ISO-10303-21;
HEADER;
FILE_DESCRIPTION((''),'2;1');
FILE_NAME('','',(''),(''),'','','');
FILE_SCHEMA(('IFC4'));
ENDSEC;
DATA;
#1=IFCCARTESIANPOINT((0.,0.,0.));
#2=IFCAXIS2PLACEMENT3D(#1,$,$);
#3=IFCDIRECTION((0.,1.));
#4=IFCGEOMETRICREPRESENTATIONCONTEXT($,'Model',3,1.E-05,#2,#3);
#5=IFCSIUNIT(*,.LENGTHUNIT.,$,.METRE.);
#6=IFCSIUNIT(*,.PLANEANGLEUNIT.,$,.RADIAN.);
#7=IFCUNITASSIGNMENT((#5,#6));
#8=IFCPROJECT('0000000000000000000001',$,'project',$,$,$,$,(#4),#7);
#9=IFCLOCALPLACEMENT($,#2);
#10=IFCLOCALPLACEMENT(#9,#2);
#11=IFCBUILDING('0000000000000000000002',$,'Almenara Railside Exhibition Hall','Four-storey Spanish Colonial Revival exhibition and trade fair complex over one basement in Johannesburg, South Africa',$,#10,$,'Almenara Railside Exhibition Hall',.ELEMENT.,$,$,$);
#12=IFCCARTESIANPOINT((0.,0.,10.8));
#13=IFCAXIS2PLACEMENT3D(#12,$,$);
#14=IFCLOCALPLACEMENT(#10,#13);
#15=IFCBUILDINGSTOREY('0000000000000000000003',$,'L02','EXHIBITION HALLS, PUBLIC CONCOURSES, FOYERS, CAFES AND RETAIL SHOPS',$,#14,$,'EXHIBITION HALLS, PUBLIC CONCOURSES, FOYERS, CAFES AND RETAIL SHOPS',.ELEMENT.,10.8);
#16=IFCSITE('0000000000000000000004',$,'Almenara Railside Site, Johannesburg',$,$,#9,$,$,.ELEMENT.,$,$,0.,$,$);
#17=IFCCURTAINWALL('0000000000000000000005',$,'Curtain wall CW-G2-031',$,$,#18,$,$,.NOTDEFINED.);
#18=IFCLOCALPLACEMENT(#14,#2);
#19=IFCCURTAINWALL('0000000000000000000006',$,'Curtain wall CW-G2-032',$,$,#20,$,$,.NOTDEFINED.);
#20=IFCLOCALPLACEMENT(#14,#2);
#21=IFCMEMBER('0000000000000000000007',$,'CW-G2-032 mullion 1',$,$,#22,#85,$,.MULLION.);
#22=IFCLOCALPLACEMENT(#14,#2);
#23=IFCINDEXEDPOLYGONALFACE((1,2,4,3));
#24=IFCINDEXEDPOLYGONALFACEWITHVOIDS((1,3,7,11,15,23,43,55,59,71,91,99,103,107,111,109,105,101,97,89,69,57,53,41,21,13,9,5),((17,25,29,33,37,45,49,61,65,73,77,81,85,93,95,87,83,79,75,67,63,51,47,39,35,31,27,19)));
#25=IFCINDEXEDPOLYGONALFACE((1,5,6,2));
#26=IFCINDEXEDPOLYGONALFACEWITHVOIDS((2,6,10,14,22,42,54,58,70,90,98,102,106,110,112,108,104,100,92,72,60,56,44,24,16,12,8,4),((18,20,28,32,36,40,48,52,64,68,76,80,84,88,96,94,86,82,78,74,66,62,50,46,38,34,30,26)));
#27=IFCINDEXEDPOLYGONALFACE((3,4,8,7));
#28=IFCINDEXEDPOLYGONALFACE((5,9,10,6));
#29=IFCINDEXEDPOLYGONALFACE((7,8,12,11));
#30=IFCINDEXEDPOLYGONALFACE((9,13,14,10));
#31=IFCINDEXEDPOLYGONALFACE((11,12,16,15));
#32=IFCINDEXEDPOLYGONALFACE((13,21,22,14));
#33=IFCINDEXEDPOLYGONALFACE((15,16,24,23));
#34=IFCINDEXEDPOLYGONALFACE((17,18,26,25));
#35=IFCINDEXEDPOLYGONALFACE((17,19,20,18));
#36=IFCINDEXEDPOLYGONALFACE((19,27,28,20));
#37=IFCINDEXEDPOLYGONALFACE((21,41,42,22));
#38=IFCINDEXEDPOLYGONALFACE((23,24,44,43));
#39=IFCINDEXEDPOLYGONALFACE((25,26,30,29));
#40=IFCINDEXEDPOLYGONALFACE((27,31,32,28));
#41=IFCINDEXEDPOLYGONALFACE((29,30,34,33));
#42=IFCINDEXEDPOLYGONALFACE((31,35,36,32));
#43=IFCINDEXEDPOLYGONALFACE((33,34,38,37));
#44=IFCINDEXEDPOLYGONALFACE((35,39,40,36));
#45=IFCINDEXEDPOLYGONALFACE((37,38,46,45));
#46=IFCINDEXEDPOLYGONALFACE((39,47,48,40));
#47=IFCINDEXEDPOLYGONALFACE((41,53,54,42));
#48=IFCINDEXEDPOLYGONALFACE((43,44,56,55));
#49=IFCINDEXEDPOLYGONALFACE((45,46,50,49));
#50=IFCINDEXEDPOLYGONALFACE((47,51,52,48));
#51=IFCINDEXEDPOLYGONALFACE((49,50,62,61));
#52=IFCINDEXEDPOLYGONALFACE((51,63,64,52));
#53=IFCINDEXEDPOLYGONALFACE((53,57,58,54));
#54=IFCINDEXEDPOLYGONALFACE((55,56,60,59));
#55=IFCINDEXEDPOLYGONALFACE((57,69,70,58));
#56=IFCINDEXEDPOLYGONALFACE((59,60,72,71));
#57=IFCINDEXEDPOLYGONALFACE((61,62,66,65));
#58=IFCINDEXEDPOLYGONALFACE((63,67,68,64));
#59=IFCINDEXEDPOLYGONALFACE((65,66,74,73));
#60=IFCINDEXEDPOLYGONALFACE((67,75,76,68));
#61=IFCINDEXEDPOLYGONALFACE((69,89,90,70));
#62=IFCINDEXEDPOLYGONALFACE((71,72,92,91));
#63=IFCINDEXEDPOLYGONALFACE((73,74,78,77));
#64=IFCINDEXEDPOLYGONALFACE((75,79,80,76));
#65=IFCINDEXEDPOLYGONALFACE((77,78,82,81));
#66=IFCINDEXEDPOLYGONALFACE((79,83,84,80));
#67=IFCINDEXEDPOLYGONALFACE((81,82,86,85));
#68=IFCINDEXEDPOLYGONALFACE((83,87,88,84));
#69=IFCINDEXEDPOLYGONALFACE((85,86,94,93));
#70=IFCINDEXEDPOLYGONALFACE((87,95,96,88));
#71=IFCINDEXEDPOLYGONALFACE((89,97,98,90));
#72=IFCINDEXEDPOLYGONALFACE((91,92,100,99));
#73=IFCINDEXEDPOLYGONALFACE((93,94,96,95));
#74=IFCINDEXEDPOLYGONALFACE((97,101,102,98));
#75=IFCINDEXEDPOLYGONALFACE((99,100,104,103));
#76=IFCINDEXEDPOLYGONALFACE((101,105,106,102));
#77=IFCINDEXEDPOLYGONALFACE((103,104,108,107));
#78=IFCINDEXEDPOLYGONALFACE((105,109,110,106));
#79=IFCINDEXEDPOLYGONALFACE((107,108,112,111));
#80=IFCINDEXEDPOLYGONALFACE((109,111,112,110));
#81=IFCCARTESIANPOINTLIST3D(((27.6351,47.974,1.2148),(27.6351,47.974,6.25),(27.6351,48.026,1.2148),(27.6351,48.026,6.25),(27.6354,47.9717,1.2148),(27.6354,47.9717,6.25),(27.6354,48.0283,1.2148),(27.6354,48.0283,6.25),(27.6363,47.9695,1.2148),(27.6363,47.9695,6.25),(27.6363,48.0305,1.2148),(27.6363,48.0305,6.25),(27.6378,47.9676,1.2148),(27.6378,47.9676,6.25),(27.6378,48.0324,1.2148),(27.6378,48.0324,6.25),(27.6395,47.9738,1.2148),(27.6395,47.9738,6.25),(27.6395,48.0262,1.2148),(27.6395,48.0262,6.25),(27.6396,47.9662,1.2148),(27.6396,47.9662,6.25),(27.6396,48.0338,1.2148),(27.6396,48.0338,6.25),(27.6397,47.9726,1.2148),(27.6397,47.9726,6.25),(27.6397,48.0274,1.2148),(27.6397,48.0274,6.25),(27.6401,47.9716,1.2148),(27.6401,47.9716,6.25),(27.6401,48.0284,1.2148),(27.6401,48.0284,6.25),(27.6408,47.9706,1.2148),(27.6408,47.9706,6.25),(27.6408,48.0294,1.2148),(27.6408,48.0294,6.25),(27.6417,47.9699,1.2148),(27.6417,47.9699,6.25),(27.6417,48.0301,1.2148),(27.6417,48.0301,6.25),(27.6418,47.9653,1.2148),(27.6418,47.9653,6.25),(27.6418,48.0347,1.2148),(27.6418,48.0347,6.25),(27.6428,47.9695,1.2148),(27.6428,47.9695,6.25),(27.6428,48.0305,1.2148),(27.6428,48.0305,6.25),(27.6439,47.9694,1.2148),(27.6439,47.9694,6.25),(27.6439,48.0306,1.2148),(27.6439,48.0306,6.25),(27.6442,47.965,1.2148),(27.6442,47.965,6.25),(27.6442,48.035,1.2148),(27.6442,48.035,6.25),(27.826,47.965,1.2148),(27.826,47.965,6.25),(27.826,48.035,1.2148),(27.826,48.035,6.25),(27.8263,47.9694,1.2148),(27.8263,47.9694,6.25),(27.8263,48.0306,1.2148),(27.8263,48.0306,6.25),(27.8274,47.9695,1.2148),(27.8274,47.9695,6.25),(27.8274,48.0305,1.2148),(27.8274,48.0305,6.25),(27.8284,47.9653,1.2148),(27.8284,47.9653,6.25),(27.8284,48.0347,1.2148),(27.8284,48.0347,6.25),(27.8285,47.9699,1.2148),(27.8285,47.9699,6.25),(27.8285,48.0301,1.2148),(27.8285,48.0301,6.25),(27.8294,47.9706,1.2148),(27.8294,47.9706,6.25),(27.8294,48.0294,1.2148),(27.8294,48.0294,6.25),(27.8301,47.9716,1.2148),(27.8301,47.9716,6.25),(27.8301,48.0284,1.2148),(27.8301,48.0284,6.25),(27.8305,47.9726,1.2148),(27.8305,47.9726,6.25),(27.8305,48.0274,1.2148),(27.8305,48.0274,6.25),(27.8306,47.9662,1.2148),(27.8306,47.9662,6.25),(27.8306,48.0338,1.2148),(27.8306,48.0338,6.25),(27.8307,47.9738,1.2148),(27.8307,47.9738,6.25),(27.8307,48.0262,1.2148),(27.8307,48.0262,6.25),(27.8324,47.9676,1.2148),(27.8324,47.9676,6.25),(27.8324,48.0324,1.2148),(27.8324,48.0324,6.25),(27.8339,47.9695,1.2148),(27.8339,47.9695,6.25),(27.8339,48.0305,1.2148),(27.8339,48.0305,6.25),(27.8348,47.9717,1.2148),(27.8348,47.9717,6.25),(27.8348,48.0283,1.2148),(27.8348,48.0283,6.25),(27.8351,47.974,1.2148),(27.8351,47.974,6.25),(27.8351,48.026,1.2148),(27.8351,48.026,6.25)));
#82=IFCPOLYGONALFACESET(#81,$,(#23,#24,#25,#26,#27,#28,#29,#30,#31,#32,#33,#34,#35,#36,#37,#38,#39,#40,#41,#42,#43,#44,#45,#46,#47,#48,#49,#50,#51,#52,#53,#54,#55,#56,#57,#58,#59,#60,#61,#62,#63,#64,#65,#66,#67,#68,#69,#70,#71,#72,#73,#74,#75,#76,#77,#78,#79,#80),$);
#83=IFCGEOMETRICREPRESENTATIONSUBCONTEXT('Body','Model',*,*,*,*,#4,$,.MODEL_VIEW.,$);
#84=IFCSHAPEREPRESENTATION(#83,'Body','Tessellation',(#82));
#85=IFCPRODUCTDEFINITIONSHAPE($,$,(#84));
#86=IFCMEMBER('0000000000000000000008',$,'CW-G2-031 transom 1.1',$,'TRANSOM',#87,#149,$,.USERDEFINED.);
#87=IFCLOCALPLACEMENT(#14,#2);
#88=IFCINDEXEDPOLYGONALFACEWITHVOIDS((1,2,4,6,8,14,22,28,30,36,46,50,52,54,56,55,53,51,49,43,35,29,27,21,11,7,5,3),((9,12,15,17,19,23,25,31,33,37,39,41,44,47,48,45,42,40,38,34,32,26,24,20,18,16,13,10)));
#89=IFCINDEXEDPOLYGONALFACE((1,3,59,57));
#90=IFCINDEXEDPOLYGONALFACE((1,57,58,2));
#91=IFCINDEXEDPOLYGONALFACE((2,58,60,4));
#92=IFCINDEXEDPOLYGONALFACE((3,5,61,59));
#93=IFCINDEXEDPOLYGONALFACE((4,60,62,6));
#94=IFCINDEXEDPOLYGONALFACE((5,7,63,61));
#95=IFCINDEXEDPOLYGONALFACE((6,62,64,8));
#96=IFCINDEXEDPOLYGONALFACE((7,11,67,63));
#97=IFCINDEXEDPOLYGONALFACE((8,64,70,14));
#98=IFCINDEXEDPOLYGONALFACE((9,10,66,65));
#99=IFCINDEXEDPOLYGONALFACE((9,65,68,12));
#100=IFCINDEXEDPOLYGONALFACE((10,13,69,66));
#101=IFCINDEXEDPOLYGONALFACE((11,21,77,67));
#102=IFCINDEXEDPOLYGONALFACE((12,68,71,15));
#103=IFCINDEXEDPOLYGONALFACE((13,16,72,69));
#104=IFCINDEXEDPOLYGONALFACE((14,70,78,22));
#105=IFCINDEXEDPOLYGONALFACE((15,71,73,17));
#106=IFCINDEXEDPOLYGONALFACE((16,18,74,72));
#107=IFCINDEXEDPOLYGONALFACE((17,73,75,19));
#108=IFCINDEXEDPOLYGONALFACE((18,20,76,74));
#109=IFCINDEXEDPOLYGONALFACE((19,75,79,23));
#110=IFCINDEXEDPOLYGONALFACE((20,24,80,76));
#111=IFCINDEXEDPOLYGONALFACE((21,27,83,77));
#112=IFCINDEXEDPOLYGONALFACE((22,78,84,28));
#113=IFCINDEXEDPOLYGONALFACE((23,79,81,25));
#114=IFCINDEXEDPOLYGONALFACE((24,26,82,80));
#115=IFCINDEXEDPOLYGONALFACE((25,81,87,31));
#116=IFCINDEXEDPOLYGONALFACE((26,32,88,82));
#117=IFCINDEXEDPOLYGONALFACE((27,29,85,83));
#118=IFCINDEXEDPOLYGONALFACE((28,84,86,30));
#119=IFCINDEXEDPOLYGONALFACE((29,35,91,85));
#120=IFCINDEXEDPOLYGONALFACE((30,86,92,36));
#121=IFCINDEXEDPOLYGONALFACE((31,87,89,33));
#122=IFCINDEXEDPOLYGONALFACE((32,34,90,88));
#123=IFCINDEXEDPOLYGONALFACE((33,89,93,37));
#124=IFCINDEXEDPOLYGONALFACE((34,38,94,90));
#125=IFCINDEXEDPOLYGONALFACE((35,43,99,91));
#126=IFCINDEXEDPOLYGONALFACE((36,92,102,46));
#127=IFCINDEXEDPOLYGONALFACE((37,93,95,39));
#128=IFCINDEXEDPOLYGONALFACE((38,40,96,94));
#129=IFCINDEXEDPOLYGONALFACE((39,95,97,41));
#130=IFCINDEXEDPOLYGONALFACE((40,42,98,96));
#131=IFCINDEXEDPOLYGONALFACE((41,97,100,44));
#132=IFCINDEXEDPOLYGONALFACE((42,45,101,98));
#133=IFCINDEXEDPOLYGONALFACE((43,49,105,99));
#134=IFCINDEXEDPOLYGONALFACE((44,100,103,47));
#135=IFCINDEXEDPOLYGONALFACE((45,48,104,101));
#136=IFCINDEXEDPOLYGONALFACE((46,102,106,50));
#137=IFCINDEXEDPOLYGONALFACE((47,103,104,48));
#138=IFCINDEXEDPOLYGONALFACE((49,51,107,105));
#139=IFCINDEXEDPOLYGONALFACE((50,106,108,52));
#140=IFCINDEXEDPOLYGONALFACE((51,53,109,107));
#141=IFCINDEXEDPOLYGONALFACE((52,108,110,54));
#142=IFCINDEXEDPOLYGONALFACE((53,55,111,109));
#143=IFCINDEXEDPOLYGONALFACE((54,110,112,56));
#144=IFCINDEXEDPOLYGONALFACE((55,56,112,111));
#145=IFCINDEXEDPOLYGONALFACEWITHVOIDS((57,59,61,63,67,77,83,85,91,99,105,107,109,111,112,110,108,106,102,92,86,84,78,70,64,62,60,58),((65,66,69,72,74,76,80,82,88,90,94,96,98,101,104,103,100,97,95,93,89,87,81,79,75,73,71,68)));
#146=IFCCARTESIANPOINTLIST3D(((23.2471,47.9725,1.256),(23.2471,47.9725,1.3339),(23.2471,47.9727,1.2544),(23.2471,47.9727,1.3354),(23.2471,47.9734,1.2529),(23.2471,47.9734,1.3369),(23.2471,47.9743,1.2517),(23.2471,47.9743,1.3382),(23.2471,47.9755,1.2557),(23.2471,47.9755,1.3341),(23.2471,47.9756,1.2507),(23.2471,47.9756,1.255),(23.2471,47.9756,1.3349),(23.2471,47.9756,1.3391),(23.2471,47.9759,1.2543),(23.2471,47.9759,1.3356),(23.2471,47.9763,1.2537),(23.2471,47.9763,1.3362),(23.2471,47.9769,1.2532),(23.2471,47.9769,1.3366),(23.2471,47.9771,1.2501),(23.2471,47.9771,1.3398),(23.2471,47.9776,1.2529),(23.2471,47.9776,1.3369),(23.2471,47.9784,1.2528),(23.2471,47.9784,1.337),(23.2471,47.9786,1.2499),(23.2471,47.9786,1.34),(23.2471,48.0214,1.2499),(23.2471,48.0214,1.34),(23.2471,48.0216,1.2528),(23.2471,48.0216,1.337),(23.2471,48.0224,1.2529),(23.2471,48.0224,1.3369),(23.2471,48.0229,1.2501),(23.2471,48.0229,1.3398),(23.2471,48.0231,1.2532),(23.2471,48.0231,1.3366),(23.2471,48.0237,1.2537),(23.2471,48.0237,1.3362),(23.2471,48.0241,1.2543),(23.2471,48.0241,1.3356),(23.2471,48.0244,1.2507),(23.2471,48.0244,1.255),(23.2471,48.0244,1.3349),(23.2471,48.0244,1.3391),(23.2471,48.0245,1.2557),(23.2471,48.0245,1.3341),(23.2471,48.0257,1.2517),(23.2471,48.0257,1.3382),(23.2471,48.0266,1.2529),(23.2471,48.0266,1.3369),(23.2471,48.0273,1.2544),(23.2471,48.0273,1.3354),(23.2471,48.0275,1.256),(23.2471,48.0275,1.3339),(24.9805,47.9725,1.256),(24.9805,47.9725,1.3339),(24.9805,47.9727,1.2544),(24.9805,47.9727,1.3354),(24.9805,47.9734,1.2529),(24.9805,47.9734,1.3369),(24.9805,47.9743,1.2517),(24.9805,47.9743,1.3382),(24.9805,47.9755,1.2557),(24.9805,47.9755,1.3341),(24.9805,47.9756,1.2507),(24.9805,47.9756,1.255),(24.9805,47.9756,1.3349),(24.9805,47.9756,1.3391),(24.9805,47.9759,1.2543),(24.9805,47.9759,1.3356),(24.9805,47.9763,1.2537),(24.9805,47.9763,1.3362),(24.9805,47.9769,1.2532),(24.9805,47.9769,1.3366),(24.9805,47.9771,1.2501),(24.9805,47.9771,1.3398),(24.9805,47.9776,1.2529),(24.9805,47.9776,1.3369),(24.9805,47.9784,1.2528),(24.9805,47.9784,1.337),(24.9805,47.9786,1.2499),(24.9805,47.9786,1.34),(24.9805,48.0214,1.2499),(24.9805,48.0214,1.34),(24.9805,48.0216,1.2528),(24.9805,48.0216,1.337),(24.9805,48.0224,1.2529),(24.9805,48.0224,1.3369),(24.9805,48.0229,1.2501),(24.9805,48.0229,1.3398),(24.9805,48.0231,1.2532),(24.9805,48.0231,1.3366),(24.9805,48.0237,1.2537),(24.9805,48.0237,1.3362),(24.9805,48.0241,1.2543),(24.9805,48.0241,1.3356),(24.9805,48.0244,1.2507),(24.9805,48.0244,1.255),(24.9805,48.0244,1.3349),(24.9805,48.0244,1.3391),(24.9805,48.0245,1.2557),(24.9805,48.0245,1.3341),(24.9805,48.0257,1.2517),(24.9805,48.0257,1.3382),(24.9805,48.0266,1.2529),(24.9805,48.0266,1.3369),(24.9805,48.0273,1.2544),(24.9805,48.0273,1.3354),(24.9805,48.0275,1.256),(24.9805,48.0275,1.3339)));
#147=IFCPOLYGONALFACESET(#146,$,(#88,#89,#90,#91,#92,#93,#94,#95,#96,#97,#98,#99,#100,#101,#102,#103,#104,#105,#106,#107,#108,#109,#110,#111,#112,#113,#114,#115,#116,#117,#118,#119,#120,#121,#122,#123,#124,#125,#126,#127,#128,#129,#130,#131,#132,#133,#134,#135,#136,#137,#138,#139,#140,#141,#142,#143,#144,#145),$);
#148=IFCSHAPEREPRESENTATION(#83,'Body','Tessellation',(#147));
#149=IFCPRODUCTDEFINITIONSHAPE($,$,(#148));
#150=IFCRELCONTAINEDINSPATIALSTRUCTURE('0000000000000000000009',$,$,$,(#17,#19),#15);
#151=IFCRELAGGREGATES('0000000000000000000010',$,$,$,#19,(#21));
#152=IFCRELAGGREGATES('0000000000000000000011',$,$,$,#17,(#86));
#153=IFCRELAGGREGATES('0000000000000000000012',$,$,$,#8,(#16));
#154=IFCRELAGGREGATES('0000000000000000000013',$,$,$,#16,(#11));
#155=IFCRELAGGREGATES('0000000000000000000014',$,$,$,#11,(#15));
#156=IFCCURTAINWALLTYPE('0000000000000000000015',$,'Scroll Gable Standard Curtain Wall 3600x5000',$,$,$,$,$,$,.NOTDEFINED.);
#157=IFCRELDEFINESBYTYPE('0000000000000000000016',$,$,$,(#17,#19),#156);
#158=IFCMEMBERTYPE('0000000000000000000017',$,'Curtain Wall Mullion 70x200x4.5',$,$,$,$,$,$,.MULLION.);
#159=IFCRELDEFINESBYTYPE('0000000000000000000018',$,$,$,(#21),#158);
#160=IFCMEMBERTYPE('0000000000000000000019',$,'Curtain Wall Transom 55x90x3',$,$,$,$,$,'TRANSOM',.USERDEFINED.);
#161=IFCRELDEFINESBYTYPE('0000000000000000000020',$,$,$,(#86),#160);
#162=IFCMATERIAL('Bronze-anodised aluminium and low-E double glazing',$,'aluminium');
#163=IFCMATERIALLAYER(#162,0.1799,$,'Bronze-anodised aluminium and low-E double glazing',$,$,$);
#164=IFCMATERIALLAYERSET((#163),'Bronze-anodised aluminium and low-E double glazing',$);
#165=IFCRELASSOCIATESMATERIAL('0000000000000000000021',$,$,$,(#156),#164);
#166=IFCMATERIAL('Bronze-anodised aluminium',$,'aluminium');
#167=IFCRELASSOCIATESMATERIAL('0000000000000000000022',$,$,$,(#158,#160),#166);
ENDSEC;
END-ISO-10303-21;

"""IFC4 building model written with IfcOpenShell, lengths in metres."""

from ifc_helpers import new_model, si_unit, direction, frame, origin, origin_2d, place, context, subcontext, project, spatial, hollow_rectangle, extrude, material, layer, layer_set, material_profile, profile_set, type_object, element, aggregate, save


model = new_model("IFC4")

# Units and contexts
model_context = context("Model", 3, precision=1e-05, world=origin(), true_north=direction((0.0, 1.0)))
body_context = subcontext(model_context, "Body", "Model", "MODEL_VIEW")
ifc_project = project(units=[si_unit("LENGTHUNIT", "METRE"), si_unit("PLANEANGLEUNIT", "RADIAN")], contexts=[model_context])

# Site, building, storey
site_placement = place(None, origin())
site = spatial("IfcSite", under=ifc_project, at=site_placement, Name="Almenara Railside Site, Johannesburg", CompositionType="ELEMENT", RefElevation=0.0)
building_placement = place(site_placement, origin())
building = spatial("IfcBuilding", under=site, at=building_placement, Name="Almenara Railside Exhibition Hall", Description="Four-storey Spanish Colonial Revival exhibition and trade fair complex over one basement in Johannesburg, South Africa", LongName="Almenara Railside Exhibition Hall", CompositionType="ELEMENT")
storey_placement = place(building_placement, frame((0.0, 0.0, 10.8)))
storey = spatial("IfcBuildingStorey", under=building, at=storey_placement, Name="L02", Description="EXHIBITION HALLS, PUBLIC CONCOURSES, FOYERS, CAFES AND RETAIL SHOPS", LongName="EXHIBITION HALLS, PUBLIC CONCOURSES, FOYERS, CAFES AND RETAIL SHOPS", CompositionType="ELEMENT", Elevation=10.8)

# Curtain wall
ifc_material_1 = material(Name="Bronze-anodised aluminium and low-E double glazing", Category="aluminium")
ifc_layer_1 = layer(ifc_material_1, 0.1799, Name="Bronze-anodised aluminium and low-E double glazing")
ifc_layer_set_1 = layer_set([ifc_layer_1], Name="Bronze-anodised aluminium and low-E double glazing")
curtain_wall_type = type_object("IfcCurtainWallType", Name="Scroll Gable Standard Curtain Wall 3600x5000", PredefinedType="NOTDEFINED", material=ifc_layer_set_1)
curtain_wall_1_placement = place(storey_placement, origin())
curtain_wall_1 = element("IfcCurtainWall", 1, at=curtain_wall_1_placement, inside=storey, type_object=curtain_wall_type, Name="Curtain wall CW-G2-031", PredefinedType="NOTDEFINED")
ifc_material_2 = material(Name="Bronze-anodised aluminium", Category="aluminium")

# Curtain wall, member
curtain_wall_2_placement = place(storey_placement, origin())
curtain_wall_2 = element("IfcCurtainWall", 2, at=curtain_wall_2_placement, inside=storey, type_object=curtain_wall_type, Name="Curtain wall CW-G2-032", PredefinedType="NOTDEFINED")
ifc_material_profile_1 = material_profile(ifc_material_2, hollow_rectangle(XDim=0.0701, YDim=0.2, WallThickness=0.0044, InnerFilletRadius=0.0044, OuterFilletRadius=0.009, at=origin_2d()), Name="ALU-MUL 70x200x4.5")
ifc_profile_set_1 = profile_set([ifc_material_profile_1], Name="Bronze-anodised aluminium")
member_type_1 = type_object("IfcMemberType", Name="Curtain Wall Mullion 70x200x4.5", PredefinedType="MULLION", material=ifc_profile_set_1)
member_1_placement = place(storey_placement, frame((27.7351, 48.0, 1.2148), z_axis=(0.0, 0.0, 1.0), x_axis=(0.0, 1.0, 0.0)))
member_1 = element("IfcMember", 3, at=member_1_placement, type_object=member_type_1, Name="CW-G2-032 mullion 1", PredefinedType="MULLION", context=body_context, shape_type="SweptSolid", body=[
    extrude(hollow_rectangle(XDim=0.0701, YDim=0.2, WallThickness=0.0044, InnerFilletRadius=0.0044, OuterFilletRadius=0.009, at=origin_2d()), origin(), (0.0, 0.0, 1.0), 5.0352),
])
aggregate(curtain_wall_2, [member_1])

# Member
ifc_material_profile_2 = material_profile(ifc_material_2, hollow_rectangle(XDim=0.0549, YDim=0.0901, WallThickness=0.0029, InnerFilletRadius=0.0029, OuterFilletRadius=0.0061, at=origin_2d()), Name="ALU-TRN 55x90x3")
ifc_profile_set_2 = profile_set([ifc_material_profile_2], Name="Bronze-anodised aluminium")
member_type_2 = type_object("IfcMemberType", Name="Curtain Wall Transom 55x90x3", ElementType="TRANSOM", PredefinedType="USERDEFINED", material=ifc_profile_set_2)
member_2_placement = place(storey_placement, frame((23.2471, 48.0, 1.2949), z_axis=(1.0, 0.0, 0.0), x_axis=(0.0, 1.0, 0.0)))
member_2 = element("IfcMember", 4, at=member_2_placement, type_object=member_type_2, Name="CW-G2-031 transom 1.1", ObjectType="TRANSOM", PredefinedType="USERDEFINED", context=body_context, shape_type="SweptSolid", body=[
    extrude(hollow_rectangle(XDim=0.0549, YDim=0.0901, WallThickness=0.0029, InnerFilletRadius=0.0029, OuterFilletRadius=0.0061, at=origin_2d()), origin(), (0.0, 0.0, 1.0), 1.7334),
])

aggregate(curtain_wall_1, [member_2])

save(model, "model.ifc")
